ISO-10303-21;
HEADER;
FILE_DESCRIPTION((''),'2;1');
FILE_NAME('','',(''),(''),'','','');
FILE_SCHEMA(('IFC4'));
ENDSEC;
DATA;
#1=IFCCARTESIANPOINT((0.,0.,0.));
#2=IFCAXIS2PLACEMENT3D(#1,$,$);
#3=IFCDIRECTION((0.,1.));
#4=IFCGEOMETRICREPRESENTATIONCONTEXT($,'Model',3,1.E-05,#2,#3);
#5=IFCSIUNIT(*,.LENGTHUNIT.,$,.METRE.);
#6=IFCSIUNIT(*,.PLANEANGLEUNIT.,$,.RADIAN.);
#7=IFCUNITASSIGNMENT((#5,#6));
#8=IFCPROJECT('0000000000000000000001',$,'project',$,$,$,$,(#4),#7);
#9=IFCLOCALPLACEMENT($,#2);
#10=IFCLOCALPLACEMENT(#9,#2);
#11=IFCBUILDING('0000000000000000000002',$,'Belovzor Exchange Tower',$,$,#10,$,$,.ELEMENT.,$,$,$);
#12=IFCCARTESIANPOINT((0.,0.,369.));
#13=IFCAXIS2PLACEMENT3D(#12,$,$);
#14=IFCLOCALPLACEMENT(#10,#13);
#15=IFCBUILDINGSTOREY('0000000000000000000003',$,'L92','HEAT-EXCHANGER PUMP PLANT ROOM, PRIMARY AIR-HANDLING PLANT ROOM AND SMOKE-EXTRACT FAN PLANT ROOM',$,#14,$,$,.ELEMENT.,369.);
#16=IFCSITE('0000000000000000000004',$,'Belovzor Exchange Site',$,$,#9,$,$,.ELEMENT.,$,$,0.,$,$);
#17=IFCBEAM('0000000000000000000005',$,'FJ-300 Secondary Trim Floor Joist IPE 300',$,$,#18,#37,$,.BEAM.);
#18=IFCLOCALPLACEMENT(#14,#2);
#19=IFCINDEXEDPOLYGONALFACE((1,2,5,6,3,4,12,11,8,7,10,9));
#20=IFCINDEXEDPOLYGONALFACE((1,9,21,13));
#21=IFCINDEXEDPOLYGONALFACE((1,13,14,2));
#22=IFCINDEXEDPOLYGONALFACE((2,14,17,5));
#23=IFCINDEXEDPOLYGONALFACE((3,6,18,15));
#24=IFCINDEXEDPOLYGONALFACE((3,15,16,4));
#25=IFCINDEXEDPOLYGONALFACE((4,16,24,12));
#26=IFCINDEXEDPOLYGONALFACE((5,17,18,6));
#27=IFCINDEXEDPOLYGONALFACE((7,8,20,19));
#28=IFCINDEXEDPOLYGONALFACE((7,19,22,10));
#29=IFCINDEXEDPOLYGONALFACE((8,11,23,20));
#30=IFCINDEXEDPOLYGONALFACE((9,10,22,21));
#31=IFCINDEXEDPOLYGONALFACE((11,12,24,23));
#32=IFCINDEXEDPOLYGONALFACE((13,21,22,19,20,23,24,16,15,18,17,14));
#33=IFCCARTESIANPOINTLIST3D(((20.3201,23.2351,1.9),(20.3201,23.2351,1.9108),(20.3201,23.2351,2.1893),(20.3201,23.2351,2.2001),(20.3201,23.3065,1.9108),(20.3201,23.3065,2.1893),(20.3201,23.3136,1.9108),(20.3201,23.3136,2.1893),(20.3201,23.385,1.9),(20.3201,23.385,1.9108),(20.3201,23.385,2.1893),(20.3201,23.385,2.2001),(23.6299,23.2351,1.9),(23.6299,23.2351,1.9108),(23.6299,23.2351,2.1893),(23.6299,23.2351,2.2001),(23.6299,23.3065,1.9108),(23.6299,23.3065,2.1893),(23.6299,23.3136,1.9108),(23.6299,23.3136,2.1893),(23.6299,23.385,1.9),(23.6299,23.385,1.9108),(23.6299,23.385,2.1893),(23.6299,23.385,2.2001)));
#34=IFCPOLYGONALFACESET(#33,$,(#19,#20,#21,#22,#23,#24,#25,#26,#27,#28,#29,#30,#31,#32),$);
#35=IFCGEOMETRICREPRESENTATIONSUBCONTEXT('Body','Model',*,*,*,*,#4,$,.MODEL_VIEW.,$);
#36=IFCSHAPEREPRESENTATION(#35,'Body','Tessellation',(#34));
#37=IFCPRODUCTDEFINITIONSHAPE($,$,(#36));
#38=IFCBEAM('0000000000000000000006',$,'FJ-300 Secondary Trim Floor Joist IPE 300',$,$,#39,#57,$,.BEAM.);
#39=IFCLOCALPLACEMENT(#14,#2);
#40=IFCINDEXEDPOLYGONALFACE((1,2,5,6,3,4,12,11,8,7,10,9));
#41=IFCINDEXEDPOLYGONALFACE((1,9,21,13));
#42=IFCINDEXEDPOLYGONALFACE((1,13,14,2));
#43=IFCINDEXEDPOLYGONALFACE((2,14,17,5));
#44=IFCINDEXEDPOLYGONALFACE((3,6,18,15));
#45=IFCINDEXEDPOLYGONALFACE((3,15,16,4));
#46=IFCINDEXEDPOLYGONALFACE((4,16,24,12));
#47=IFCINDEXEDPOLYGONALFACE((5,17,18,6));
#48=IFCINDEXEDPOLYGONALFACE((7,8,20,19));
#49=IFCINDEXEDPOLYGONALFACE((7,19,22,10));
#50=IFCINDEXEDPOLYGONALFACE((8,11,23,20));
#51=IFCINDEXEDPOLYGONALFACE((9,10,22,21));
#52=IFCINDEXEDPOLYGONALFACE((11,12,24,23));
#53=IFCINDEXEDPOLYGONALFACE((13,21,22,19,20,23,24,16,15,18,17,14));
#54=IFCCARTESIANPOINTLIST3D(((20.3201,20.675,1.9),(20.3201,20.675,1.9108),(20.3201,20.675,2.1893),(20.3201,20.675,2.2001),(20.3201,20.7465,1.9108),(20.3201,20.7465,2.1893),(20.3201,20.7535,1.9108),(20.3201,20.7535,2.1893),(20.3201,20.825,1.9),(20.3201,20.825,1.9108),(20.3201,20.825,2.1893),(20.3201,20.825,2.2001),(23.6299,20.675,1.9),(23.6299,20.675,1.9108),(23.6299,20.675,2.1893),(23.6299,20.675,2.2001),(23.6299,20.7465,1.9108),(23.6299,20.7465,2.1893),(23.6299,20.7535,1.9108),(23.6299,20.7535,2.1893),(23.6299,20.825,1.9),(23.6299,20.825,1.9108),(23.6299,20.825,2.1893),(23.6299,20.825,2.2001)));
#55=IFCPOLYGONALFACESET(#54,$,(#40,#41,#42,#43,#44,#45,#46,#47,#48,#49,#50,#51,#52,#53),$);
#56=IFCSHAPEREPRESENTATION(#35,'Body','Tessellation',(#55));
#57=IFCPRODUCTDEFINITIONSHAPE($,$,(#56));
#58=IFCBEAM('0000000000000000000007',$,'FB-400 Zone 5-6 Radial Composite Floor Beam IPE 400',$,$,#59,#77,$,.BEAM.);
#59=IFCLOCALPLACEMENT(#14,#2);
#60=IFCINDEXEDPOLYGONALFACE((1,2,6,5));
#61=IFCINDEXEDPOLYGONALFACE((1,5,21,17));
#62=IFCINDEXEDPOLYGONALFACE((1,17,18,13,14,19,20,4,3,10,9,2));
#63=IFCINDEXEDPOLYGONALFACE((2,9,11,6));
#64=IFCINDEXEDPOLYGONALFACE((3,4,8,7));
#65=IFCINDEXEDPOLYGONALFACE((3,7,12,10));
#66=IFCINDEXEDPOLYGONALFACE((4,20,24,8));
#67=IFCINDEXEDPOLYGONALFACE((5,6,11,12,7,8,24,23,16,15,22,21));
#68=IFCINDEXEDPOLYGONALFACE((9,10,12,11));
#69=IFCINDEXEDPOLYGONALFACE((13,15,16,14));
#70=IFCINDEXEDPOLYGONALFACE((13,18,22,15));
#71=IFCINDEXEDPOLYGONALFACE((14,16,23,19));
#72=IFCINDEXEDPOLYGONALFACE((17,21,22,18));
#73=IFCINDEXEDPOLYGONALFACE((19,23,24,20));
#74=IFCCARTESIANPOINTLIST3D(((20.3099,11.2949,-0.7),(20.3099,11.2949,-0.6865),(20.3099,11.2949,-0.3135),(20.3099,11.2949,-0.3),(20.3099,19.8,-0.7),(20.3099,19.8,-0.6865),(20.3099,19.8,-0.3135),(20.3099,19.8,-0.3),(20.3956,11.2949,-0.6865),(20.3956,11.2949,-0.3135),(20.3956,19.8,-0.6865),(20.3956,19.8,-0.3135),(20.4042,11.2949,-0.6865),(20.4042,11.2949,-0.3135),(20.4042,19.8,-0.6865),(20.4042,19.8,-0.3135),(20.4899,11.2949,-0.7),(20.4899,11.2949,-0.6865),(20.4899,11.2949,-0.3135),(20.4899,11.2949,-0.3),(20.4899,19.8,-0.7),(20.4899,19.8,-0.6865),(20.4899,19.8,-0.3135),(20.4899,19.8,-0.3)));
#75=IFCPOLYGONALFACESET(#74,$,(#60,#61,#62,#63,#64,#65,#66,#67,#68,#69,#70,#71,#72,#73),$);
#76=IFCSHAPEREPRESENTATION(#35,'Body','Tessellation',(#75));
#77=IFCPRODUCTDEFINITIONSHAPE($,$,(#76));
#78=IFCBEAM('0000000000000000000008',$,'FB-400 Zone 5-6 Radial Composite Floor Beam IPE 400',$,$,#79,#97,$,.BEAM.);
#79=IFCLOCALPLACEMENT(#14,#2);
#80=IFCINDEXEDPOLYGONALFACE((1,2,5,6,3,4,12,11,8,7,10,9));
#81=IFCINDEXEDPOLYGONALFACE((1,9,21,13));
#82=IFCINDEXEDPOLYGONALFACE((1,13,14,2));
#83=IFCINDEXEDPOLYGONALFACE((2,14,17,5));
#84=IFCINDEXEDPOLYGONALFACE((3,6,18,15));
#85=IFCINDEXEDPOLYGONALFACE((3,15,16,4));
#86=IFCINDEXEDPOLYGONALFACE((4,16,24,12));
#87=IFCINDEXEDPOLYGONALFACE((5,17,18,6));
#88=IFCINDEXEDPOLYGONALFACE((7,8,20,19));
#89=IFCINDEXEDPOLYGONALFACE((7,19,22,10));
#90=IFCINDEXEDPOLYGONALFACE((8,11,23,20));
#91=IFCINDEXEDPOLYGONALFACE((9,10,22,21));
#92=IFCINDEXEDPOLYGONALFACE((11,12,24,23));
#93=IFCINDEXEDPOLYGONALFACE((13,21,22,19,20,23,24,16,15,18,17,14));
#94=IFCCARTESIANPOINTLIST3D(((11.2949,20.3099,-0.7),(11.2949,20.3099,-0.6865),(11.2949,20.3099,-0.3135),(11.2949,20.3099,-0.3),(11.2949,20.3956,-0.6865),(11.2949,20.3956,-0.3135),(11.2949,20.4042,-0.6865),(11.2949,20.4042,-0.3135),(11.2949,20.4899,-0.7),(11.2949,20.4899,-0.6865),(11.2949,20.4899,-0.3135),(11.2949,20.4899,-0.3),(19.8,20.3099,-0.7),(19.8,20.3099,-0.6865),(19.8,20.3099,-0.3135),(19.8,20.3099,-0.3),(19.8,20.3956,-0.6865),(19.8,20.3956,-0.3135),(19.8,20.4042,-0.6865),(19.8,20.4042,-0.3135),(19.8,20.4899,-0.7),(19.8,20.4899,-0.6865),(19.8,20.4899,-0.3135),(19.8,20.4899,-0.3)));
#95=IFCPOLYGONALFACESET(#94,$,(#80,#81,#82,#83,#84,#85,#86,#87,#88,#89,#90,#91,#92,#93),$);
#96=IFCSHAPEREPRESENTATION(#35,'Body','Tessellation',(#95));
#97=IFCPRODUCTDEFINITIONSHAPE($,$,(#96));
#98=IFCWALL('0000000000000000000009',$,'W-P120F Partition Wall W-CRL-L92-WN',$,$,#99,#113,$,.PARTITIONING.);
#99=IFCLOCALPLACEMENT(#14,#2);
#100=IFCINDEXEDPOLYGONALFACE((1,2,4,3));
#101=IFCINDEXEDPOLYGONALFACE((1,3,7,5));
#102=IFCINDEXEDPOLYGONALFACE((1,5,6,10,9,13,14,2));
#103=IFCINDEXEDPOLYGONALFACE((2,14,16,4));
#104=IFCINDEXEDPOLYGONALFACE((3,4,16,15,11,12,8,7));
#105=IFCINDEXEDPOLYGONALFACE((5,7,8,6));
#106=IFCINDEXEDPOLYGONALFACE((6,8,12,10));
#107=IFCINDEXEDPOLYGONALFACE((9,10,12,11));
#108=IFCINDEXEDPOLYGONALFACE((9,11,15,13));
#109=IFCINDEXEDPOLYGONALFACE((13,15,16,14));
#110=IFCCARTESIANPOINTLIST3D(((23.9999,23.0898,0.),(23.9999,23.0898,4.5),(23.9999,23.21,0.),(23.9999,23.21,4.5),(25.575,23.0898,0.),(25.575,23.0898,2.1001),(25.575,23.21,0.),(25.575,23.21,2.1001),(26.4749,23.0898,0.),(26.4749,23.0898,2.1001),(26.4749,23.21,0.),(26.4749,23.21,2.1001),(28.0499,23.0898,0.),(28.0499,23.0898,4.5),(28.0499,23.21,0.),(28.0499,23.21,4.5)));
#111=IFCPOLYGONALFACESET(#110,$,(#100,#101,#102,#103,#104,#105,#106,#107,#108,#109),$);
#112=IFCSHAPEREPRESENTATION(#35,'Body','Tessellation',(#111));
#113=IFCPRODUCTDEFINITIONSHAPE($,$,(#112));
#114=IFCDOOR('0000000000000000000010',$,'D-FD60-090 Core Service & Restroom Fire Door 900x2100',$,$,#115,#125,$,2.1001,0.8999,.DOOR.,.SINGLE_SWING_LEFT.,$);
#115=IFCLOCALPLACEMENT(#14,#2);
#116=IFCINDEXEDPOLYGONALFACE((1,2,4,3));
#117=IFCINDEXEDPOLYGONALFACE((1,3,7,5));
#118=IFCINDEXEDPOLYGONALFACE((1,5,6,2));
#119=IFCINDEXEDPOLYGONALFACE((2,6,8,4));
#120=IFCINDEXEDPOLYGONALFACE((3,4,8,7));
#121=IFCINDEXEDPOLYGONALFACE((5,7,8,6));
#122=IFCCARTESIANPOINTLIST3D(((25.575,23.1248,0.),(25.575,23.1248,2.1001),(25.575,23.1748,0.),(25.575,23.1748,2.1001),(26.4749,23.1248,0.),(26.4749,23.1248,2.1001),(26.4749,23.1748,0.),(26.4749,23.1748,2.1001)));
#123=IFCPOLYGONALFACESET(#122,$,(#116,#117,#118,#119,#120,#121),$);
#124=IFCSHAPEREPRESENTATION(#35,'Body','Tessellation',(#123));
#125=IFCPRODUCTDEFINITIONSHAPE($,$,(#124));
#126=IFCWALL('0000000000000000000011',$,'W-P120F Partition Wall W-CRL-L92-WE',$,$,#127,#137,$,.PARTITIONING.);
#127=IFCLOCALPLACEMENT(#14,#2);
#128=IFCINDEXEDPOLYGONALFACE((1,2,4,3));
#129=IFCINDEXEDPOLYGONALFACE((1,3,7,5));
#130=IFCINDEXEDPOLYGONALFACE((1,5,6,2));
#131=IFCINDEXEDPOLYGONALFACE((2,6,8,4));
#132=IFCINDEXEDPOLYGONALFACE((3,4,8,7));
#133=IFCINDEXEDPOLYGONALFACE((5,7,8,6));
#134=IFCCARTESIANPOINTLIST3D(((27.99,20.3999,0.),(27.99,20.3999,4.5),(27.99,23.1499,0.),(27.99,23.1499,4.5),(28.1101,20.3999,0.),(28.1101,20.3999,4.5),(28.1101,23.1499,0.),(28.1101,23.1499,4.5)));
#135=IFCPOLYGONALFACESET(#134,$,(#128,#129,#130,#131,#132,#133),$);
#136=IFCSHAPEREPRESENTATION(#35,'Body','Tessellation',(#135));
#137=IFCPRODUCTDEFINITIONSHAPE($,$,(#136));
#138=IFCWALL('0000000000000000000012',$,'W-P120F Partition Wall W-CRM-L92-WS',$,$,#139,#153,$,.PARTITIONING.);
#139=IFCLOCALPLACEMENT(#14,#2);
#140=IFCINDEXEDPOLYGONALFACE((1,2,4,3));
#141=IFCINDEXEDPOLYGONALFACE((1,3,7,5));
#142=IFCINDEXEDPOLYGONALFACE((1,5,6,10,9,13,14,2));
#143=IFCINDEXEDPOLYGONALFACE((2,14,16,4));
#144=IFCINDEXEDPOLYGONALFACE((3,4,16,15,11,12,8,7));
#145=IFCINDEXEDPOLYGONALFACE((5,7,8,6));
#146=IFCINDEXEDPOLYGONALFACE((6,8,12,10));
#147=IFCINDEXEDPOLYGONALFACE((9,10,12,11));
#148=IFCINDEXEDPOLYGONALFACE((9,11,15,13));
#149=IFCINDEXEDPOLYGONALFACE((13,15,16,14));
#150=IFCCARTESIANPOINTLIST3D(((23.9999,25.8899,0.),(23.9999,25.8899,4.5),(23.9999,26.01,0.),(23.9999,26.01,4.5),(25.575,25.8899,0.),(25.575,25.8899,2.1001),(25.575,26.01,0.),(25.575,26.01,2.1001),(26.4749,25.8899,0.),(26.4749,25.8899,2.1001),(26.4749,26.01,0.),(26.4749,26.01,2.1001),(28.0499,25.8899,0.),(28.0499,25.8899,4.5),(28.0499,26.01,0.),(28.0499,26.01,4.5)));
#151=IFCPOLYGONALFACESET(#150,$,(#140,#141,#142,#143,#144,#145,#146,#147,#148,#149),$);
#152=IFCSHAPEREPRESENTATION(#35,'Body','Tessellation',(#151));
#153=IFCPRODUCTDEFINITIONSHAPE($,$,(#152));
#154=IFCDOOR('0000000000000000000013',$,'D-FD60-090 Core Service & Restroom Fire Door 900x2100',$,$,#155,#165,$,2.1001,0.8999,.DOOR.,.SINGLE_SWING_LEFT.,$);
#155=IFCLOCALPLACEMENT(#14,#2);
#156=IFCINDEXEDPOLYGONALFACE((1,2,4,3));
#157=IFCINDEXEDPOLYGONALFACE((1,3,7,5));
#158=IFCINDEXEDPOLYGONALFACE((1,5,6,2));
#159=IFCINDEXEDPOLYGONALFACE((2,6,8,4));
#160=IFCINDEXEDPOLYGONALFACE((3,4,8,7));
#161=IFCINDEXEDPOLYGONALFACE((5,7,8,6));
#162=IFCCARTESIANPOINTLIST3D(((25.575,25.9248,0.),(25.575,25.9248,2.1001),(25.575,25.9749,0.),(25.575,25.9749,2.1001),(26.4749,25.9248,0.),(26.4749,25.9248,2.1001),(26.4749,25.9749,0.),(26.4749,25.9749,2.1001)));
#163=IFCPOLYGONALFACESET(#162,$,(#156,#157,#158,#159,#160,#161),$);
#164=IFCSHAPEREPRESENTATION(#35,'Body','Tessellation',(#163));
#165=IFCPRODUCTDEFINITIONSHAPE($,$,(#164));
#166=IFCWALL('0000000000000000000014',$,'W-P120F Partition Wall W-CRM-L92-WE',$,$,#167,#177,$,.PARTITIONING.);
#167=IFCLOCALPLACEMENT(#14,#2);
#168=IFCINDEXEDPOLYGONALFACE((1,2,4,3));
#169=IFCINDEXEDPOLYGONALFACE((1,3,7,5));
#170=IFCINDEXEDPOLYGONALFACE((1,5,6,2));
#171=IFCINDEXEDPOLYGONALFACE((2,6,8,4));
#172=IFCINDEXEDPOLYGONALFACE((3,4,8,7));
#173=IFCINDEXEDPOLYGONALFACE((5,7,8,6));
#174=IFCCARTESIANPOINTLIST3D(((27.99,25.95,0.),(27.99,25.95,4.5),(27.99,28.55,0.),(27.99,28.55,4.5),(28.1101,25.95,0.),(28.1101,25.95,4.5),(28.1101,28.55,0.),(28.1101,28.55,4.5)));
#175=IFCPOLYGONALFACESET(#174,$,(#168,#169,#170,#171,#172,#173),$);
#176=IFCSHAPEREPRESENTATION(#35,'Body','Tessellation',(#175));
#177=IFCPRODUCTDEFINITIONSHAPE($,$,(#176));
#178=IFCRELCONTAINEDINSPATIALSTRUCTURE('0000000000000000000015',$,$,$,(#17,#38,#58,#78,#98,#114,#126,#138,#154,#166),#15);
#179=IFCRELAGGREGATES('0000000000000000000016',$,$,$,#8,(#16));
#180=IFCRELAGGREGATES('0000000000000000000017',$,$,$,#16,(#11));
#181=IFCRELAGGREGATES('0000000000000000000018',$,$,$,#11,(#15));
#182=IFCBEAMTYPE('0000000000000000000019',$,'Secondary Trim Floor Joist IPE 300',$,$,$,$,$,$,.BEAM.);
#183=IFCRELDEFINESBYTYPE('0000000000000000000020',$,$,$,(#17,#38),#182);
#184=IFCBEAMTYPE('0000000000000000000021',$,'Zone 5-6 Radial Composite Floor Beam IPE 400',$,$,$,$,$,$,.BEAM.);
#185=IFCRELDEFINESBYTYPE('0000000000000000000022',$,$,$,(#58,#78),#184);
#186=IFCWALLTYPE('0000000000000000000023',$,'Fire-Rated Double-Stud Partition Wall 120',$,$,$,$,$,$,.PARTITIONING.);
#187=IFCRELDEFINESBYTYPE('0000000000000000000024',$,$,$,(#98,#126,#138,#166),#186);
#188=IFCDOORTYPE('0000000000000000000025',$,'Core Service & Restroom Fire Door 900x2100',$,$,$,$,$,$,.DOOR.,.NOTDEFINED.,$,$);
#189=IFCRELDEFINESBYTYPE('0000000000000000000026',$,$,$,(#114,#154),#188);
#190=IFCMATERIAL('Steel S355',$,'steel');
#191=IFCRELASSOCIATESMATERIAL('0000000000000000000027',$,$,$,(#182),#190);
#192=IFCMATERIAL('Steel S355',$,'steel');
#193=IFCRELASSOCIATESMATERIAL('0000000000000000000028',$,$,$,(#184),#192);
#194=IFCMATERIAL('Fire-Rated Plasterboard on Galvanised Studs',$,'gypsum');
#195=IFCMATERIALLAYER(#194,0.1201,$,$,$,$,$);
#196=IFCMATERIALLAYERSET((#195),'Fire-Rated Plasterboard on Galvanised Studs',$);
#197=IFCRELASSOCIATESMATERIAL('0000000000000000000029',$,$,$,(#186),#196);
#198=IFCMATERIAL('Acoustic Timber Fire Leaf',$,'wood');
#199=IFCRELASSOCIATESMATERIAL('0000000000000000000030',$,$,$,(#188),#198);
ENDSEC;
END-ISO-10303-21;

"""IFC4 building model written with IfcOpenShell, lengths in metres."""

from ifc_helpers import new_model, si_unit, direction, frame, frame_2d, origin, origin_2d, place, context, subcontext, project, spatial, rectangle, i_section, extrude, material, layer, layer_set, material_profile, profile_set, type_object, element, fill, save


model = new_model("IFC4")

# Units and contexts
model_context = context("Model", 3, precision=1e-05, world=origin(), true_north=direction((0.0, 1.0)))
body_context = subcontext(model_context, "Body", "Model", "MODEL_VIEW")
ifc_project = project(units=[si_unit("LENGTHUNIT", "METRE"), si_unit("PLANEANGLEUNIT", "RADIAN")], contexts=[model_context])

# Site, building, storey
site_placement = place(None, origin())
site = spatial("IfcSite", under=ifc_project, at=site_placement, Name="Belovzor Exchange Site", CompositionType="ELEMENT", RefElevation=0.0)
building_placement = place(site_placement, origin())
building = spatial("IfcBuilding", under=site, at=building_placement, Name="Belovzor Exchange Tower", CompositionType="ELEMENT")
storey_placement = place(building_placement, frame((0.0, 0.0, 369.0)))
storey = spatial("IfcBuildingStorey", under=building, at=storey_placement, Name="L92", Description="HEAT-EXCHANGER PUMP PLANT ROOM, PRIMARY AIR-HANDLING PLANT ROOM AND SMOKE-EXTRACT FAN PLANT ROOM", CompositionType="ELEMENT", Elevation=369.0)

# Beams
ifc_material_1 = material(Name="Steel S355", Category="steel")
ifc_material_profile_1 = material_profile(ifc_material_1, i_section(OverallWidth=0.1499, OverallDepth=0.3, WebThickness=0.0071, FlangeThickness=0.0107, at=origin_2d()))
ifc_profile_set_1 = profile_set([ifc_material_profile_1], Name="Steel S355")
beam_type_1 = type_object("IfcBeamType", Name="Secondary Trim Floor Joist IPE 300", PredefinedType="BEAM", material=ifc_profile_set_1)
for number, where, z_axis, x_axis, name in (
    (1, (20.3201, 23.3101, 2.05), (1.0, 0.0, 0.0), (0.0, 1.0, 0.0), "FJ-300 Secondary Trim Floor Joist IPE 300"),
    (2, (20.3201, 20.75, 2.05), (1.0, 0.0, 0.0), (0.0, 1.0, 0.0), "FJ-300 Secondary Trim Floor Joist IPE 300"),
):
    element("IfcBeam", number, at=place(storey_placement, frame(where, z_axis=z_axis, x_axis=x_axis)), inside=storey, type_object=beam_type_1, Name=name, PredefinedType="BEAM", context=body_context, shape_type="SweptSolid", body=[
        extrude(i_section(OverallWidth=0.1499, OverallDepth=0.3, WebThickness=0.0071, FlangeThickness=0.0107, at=origin_2d()), origin(), (0.0, 0.0, 1.0), 3.3098),
    ])
ifc_material_2 = material(Name="Steel S355", Category="steel")
ifc_material_profile_2 = material_profile(ifc_material_2, i_section(OverallWidth=0.1799, OverallDepth=0.3999, WebThickness=0.0085, FlangeThickness=0.0134, at=origin_2d()))
ifc_profile_set_2 = profile_set([ifc_material_profile_2], Name="Steel S355")
beam_type_2 = type_object("IfcBeamType", Name="Zone 5-6 Radial Composite Floor Beam IPE 400", PredefinedType="BEAM", material=ifc_profile_set_2)
for number, where, z_axis, x_axis, name in (
    (3, (20.3999, 19.8, -0.5), (0.0, -1.0, 0.0), (1.0, 0.0, 0.0), "FB-400 Zone 5-6 Radial Composite Floor Beam IPE 400"),
    (4, (19.8, 20.3999, -0.5), (-1.0, 0.0, 0.0), (0.0, -1.0, 0.0), "FB-400 Zone 5-6 Radial Composite Floor Beam IPE 400"),
):
    element("IfcBeam", number, at=place(storey_placement, frame(where, z_axis=z_axis, x_axis=x_axis)), inside=storey, type_object=beam_type_2, Name=name, PredefinedType="BEAM", context=body_context, shape_type="SweptSolid", body=[
        extrude(i_section(OverallWidth=0.1799, OverallDepth=0.3999, WebThickness=0.0085, FlangeThickness=0.0134, at=origin_2d()), origin(), (0.0, 0.0, 1.0), 8.5051),
    ])

# Wall, opening, door
ifc_material_3 = material(Name="Fire-Rated Plasterboard on Galvanised Studs", Category="gypsum")
ifc_layer_1 = layer(ifc_material_3, 0.1201)
ifc_layer_set_1 = layer_set([ifc_layer_1], Name="Fire-Rated Plasterboard on Galvanised Studs")
wall_type_1 = type_object("IfcWallType", Name="Fire-Rated Double-Stud Partition Wall 120", PredefinedType="PARTITIONING", material=ifc_layer_set_1)
wall_1_placement = place(storey_placement, frame((24.0, 23.1499, 0.0), z_axis=(0.0, 0.0, 1.0), x_axis=(1.0, 0.0, 0.0)))
wall_1 = element("IfcWall", 5, at=wall_1_placement, inside=storey, type_object=wall_type_1, Name="W-P120F Partition Wall W-CRL-L92-WN", PredefinedType="PARTITIONING", context=body_context, shape_type="SweptSolid", body=[
    extrude(rectangle(XDim=4.05, YDim=0.1201, at=frame_2d((2.0249, 0.0))), origin(), (0.0, 0.0, 1.0), 4.5),
])
opening_1_placement = place(wall_1_placement, frame((1.575, 0.0, 0.0)))
opening_1 = element("IfcOpeningElement", 6, at=opening_1_placement, cuts=wall_1, PredefinedType="OPENING", context=body_context, shape_type="SweptSolid", body=[
    extrude(rectangle(XDim=0.8999, YDim=2.1001, at=frame_2d((0.45, 1.05))), frame((0.0, 0.0701, 0.0), z_axis=(0.0, -1.0, 0.0), x_axis=(1.0, 0.0, 0.0)), (0.0, 0.0, 1.0), 0.1401),
])
ifc_material_4 = material(Name="Acoustic Timber Fire Leaf", Category="wood")
door_type_1 = type_object("IfcDoorType", Name="Core Service & Restroom Fire Door 900x2100", OperationType="NOTDEFINED", PredefinedType="DOOR", material=ifc_material_4)
door_1_placement = place(opening_1_placement, origin())
door_1 = element("IfcDoor", 7, at=door_1_placement, inside=storey, type_object=door_type_1, Name="D-FD60-090 Core Service & Restroom Fire Door 900x2100", OperationType="SINGLE_SWING_LEFT", OverallHeight=2.1001, OverallWidth=0.8999, PredefinedType="DOOR", context=body_context, shape_type="SweptSolid", body=[
    extrude(rectangle(XDim=0.8999, YDim=2.1001, at=frame_2d((0.45, 1.05))), frame((0.0, 0.0249, 0.0), z_axis=(0.0, -1.0, 0.0), x_axis=(1.0, 0.0, 0.0)), (0.0, 0.0, 1.0), 0.05),
])
fill(opening_1, door_1)

# Wall
wall_2_placement = place(storey_placement, frame((28.05, 20.3999, 0.0), z_axis=(0.0, 0.0, 1.0), x_axis=(0.0, 1.0, 0.0)))
element("IfcWall", 8, at=wall_2_placement, inside=storey, type_object=wall_type_1, Name="W-P120F Partition Wall W-CRL-L92-WE", PredefinedType="PARTITIONING", context=body_context, shape_type="SweptSolid", body=[
    extrude(rectangle(XDim=2.75, YDim=0.1201, at=frame_2d((1.375, 0.0))), origin(), (0.0, 0.0, 1.0), 4.5),
])

# Wall, opening, door
wall_3_placement = place(storey_placement, frame((24.0, 25.95, 0.0), z_axis=(0.0, 0.0, 1.0), x_axis=(1.0, 0.0, 0.0)))
wall_3 = element("IfcWall", 9, at=wall_3_placement, inside=storey, type_object=wall_type_1, Name="W-P120F Partition Wall W-CRM-L92-WS", PredefinedType="PARTITIONING", context=body_context, shape_type="SweptSolid", body=[
    extrude(rectangle(XDim=4.05, YDim=0.1201, at=frame_2d((2.0249, 0.0))), origin(), (0.0, 0.0, 1.0), 4.5),
])
opening_2_placement = place(wall_3_placement, frame((1.575, 0.0, 0.0)))
opening_2 = element("IfcOpeningElement", 10, at=opening_2_placement, cuts=wall_3, PredefinedType="OPENING", context=body_context, shape_type="SweptSolid", body=[
    extrude(rectangle(XDim=0.8999, YDim=2.1001, at=frame_2d((0.45, 1.05))), frame((0.0, 0.0701, 0.0), z_axis=(0.0, -1.0, 0.0), x_axis=(1.0, 0.0, 0.0)), (0.0, 0.0, 1.0), 0.1401),
])
door_2_placement = place(opening_2_placement, origin())
door_2 = element("IfcDoor", 11, at=door_2_placement, inside=storey, type_object=door_type_1, Name="D-FD60-090 Core Service & Restroom Fire Door 900x2100", OperationType="SINGLE_SWING_LEFT", OverallHeight=2.1001, OverallWidth=0.8999, PredefinedType="DOOR", context=body_context, shape_type="SweptSolid", body=[
    extrude(rectangle(XDim=0.8999, YDim=2.1001, at=frame_2d((0.45, 1.05))), frame((0.0, 0.0249, 0.0), z_axis=(0.0, -1.0, 0.0), x_axis=(1.0, 0.0, 0.0)), (0.0, 0.0, 1.0), 0.05),
])
fill(opening_2, door_2)

# Wall
wall_4_placement = place(storey_placement, frame((28.05, 25.95, 0.0), z_axis=(0.0, 0.0, 1.0), x_axis=(0.0, 1.0, 0.0)))
element("IfcWall", 12, at=wall_4_placement, inside=storey, type_object=wall_type_1, Name="W-P120F Partition Wall W-CRM-L92-WE", PredefinedType="PARTITIONING", context=body_context, shape_type="SweptSolid", body=[
    extrude(rectangle(XDim=2.6001, YDim=0.1201, at=frame_2d((1.3, 0.0))), origin(), (0.0, 0.0, 1.0), 4.5),
])

save(model, "model.ifc")
